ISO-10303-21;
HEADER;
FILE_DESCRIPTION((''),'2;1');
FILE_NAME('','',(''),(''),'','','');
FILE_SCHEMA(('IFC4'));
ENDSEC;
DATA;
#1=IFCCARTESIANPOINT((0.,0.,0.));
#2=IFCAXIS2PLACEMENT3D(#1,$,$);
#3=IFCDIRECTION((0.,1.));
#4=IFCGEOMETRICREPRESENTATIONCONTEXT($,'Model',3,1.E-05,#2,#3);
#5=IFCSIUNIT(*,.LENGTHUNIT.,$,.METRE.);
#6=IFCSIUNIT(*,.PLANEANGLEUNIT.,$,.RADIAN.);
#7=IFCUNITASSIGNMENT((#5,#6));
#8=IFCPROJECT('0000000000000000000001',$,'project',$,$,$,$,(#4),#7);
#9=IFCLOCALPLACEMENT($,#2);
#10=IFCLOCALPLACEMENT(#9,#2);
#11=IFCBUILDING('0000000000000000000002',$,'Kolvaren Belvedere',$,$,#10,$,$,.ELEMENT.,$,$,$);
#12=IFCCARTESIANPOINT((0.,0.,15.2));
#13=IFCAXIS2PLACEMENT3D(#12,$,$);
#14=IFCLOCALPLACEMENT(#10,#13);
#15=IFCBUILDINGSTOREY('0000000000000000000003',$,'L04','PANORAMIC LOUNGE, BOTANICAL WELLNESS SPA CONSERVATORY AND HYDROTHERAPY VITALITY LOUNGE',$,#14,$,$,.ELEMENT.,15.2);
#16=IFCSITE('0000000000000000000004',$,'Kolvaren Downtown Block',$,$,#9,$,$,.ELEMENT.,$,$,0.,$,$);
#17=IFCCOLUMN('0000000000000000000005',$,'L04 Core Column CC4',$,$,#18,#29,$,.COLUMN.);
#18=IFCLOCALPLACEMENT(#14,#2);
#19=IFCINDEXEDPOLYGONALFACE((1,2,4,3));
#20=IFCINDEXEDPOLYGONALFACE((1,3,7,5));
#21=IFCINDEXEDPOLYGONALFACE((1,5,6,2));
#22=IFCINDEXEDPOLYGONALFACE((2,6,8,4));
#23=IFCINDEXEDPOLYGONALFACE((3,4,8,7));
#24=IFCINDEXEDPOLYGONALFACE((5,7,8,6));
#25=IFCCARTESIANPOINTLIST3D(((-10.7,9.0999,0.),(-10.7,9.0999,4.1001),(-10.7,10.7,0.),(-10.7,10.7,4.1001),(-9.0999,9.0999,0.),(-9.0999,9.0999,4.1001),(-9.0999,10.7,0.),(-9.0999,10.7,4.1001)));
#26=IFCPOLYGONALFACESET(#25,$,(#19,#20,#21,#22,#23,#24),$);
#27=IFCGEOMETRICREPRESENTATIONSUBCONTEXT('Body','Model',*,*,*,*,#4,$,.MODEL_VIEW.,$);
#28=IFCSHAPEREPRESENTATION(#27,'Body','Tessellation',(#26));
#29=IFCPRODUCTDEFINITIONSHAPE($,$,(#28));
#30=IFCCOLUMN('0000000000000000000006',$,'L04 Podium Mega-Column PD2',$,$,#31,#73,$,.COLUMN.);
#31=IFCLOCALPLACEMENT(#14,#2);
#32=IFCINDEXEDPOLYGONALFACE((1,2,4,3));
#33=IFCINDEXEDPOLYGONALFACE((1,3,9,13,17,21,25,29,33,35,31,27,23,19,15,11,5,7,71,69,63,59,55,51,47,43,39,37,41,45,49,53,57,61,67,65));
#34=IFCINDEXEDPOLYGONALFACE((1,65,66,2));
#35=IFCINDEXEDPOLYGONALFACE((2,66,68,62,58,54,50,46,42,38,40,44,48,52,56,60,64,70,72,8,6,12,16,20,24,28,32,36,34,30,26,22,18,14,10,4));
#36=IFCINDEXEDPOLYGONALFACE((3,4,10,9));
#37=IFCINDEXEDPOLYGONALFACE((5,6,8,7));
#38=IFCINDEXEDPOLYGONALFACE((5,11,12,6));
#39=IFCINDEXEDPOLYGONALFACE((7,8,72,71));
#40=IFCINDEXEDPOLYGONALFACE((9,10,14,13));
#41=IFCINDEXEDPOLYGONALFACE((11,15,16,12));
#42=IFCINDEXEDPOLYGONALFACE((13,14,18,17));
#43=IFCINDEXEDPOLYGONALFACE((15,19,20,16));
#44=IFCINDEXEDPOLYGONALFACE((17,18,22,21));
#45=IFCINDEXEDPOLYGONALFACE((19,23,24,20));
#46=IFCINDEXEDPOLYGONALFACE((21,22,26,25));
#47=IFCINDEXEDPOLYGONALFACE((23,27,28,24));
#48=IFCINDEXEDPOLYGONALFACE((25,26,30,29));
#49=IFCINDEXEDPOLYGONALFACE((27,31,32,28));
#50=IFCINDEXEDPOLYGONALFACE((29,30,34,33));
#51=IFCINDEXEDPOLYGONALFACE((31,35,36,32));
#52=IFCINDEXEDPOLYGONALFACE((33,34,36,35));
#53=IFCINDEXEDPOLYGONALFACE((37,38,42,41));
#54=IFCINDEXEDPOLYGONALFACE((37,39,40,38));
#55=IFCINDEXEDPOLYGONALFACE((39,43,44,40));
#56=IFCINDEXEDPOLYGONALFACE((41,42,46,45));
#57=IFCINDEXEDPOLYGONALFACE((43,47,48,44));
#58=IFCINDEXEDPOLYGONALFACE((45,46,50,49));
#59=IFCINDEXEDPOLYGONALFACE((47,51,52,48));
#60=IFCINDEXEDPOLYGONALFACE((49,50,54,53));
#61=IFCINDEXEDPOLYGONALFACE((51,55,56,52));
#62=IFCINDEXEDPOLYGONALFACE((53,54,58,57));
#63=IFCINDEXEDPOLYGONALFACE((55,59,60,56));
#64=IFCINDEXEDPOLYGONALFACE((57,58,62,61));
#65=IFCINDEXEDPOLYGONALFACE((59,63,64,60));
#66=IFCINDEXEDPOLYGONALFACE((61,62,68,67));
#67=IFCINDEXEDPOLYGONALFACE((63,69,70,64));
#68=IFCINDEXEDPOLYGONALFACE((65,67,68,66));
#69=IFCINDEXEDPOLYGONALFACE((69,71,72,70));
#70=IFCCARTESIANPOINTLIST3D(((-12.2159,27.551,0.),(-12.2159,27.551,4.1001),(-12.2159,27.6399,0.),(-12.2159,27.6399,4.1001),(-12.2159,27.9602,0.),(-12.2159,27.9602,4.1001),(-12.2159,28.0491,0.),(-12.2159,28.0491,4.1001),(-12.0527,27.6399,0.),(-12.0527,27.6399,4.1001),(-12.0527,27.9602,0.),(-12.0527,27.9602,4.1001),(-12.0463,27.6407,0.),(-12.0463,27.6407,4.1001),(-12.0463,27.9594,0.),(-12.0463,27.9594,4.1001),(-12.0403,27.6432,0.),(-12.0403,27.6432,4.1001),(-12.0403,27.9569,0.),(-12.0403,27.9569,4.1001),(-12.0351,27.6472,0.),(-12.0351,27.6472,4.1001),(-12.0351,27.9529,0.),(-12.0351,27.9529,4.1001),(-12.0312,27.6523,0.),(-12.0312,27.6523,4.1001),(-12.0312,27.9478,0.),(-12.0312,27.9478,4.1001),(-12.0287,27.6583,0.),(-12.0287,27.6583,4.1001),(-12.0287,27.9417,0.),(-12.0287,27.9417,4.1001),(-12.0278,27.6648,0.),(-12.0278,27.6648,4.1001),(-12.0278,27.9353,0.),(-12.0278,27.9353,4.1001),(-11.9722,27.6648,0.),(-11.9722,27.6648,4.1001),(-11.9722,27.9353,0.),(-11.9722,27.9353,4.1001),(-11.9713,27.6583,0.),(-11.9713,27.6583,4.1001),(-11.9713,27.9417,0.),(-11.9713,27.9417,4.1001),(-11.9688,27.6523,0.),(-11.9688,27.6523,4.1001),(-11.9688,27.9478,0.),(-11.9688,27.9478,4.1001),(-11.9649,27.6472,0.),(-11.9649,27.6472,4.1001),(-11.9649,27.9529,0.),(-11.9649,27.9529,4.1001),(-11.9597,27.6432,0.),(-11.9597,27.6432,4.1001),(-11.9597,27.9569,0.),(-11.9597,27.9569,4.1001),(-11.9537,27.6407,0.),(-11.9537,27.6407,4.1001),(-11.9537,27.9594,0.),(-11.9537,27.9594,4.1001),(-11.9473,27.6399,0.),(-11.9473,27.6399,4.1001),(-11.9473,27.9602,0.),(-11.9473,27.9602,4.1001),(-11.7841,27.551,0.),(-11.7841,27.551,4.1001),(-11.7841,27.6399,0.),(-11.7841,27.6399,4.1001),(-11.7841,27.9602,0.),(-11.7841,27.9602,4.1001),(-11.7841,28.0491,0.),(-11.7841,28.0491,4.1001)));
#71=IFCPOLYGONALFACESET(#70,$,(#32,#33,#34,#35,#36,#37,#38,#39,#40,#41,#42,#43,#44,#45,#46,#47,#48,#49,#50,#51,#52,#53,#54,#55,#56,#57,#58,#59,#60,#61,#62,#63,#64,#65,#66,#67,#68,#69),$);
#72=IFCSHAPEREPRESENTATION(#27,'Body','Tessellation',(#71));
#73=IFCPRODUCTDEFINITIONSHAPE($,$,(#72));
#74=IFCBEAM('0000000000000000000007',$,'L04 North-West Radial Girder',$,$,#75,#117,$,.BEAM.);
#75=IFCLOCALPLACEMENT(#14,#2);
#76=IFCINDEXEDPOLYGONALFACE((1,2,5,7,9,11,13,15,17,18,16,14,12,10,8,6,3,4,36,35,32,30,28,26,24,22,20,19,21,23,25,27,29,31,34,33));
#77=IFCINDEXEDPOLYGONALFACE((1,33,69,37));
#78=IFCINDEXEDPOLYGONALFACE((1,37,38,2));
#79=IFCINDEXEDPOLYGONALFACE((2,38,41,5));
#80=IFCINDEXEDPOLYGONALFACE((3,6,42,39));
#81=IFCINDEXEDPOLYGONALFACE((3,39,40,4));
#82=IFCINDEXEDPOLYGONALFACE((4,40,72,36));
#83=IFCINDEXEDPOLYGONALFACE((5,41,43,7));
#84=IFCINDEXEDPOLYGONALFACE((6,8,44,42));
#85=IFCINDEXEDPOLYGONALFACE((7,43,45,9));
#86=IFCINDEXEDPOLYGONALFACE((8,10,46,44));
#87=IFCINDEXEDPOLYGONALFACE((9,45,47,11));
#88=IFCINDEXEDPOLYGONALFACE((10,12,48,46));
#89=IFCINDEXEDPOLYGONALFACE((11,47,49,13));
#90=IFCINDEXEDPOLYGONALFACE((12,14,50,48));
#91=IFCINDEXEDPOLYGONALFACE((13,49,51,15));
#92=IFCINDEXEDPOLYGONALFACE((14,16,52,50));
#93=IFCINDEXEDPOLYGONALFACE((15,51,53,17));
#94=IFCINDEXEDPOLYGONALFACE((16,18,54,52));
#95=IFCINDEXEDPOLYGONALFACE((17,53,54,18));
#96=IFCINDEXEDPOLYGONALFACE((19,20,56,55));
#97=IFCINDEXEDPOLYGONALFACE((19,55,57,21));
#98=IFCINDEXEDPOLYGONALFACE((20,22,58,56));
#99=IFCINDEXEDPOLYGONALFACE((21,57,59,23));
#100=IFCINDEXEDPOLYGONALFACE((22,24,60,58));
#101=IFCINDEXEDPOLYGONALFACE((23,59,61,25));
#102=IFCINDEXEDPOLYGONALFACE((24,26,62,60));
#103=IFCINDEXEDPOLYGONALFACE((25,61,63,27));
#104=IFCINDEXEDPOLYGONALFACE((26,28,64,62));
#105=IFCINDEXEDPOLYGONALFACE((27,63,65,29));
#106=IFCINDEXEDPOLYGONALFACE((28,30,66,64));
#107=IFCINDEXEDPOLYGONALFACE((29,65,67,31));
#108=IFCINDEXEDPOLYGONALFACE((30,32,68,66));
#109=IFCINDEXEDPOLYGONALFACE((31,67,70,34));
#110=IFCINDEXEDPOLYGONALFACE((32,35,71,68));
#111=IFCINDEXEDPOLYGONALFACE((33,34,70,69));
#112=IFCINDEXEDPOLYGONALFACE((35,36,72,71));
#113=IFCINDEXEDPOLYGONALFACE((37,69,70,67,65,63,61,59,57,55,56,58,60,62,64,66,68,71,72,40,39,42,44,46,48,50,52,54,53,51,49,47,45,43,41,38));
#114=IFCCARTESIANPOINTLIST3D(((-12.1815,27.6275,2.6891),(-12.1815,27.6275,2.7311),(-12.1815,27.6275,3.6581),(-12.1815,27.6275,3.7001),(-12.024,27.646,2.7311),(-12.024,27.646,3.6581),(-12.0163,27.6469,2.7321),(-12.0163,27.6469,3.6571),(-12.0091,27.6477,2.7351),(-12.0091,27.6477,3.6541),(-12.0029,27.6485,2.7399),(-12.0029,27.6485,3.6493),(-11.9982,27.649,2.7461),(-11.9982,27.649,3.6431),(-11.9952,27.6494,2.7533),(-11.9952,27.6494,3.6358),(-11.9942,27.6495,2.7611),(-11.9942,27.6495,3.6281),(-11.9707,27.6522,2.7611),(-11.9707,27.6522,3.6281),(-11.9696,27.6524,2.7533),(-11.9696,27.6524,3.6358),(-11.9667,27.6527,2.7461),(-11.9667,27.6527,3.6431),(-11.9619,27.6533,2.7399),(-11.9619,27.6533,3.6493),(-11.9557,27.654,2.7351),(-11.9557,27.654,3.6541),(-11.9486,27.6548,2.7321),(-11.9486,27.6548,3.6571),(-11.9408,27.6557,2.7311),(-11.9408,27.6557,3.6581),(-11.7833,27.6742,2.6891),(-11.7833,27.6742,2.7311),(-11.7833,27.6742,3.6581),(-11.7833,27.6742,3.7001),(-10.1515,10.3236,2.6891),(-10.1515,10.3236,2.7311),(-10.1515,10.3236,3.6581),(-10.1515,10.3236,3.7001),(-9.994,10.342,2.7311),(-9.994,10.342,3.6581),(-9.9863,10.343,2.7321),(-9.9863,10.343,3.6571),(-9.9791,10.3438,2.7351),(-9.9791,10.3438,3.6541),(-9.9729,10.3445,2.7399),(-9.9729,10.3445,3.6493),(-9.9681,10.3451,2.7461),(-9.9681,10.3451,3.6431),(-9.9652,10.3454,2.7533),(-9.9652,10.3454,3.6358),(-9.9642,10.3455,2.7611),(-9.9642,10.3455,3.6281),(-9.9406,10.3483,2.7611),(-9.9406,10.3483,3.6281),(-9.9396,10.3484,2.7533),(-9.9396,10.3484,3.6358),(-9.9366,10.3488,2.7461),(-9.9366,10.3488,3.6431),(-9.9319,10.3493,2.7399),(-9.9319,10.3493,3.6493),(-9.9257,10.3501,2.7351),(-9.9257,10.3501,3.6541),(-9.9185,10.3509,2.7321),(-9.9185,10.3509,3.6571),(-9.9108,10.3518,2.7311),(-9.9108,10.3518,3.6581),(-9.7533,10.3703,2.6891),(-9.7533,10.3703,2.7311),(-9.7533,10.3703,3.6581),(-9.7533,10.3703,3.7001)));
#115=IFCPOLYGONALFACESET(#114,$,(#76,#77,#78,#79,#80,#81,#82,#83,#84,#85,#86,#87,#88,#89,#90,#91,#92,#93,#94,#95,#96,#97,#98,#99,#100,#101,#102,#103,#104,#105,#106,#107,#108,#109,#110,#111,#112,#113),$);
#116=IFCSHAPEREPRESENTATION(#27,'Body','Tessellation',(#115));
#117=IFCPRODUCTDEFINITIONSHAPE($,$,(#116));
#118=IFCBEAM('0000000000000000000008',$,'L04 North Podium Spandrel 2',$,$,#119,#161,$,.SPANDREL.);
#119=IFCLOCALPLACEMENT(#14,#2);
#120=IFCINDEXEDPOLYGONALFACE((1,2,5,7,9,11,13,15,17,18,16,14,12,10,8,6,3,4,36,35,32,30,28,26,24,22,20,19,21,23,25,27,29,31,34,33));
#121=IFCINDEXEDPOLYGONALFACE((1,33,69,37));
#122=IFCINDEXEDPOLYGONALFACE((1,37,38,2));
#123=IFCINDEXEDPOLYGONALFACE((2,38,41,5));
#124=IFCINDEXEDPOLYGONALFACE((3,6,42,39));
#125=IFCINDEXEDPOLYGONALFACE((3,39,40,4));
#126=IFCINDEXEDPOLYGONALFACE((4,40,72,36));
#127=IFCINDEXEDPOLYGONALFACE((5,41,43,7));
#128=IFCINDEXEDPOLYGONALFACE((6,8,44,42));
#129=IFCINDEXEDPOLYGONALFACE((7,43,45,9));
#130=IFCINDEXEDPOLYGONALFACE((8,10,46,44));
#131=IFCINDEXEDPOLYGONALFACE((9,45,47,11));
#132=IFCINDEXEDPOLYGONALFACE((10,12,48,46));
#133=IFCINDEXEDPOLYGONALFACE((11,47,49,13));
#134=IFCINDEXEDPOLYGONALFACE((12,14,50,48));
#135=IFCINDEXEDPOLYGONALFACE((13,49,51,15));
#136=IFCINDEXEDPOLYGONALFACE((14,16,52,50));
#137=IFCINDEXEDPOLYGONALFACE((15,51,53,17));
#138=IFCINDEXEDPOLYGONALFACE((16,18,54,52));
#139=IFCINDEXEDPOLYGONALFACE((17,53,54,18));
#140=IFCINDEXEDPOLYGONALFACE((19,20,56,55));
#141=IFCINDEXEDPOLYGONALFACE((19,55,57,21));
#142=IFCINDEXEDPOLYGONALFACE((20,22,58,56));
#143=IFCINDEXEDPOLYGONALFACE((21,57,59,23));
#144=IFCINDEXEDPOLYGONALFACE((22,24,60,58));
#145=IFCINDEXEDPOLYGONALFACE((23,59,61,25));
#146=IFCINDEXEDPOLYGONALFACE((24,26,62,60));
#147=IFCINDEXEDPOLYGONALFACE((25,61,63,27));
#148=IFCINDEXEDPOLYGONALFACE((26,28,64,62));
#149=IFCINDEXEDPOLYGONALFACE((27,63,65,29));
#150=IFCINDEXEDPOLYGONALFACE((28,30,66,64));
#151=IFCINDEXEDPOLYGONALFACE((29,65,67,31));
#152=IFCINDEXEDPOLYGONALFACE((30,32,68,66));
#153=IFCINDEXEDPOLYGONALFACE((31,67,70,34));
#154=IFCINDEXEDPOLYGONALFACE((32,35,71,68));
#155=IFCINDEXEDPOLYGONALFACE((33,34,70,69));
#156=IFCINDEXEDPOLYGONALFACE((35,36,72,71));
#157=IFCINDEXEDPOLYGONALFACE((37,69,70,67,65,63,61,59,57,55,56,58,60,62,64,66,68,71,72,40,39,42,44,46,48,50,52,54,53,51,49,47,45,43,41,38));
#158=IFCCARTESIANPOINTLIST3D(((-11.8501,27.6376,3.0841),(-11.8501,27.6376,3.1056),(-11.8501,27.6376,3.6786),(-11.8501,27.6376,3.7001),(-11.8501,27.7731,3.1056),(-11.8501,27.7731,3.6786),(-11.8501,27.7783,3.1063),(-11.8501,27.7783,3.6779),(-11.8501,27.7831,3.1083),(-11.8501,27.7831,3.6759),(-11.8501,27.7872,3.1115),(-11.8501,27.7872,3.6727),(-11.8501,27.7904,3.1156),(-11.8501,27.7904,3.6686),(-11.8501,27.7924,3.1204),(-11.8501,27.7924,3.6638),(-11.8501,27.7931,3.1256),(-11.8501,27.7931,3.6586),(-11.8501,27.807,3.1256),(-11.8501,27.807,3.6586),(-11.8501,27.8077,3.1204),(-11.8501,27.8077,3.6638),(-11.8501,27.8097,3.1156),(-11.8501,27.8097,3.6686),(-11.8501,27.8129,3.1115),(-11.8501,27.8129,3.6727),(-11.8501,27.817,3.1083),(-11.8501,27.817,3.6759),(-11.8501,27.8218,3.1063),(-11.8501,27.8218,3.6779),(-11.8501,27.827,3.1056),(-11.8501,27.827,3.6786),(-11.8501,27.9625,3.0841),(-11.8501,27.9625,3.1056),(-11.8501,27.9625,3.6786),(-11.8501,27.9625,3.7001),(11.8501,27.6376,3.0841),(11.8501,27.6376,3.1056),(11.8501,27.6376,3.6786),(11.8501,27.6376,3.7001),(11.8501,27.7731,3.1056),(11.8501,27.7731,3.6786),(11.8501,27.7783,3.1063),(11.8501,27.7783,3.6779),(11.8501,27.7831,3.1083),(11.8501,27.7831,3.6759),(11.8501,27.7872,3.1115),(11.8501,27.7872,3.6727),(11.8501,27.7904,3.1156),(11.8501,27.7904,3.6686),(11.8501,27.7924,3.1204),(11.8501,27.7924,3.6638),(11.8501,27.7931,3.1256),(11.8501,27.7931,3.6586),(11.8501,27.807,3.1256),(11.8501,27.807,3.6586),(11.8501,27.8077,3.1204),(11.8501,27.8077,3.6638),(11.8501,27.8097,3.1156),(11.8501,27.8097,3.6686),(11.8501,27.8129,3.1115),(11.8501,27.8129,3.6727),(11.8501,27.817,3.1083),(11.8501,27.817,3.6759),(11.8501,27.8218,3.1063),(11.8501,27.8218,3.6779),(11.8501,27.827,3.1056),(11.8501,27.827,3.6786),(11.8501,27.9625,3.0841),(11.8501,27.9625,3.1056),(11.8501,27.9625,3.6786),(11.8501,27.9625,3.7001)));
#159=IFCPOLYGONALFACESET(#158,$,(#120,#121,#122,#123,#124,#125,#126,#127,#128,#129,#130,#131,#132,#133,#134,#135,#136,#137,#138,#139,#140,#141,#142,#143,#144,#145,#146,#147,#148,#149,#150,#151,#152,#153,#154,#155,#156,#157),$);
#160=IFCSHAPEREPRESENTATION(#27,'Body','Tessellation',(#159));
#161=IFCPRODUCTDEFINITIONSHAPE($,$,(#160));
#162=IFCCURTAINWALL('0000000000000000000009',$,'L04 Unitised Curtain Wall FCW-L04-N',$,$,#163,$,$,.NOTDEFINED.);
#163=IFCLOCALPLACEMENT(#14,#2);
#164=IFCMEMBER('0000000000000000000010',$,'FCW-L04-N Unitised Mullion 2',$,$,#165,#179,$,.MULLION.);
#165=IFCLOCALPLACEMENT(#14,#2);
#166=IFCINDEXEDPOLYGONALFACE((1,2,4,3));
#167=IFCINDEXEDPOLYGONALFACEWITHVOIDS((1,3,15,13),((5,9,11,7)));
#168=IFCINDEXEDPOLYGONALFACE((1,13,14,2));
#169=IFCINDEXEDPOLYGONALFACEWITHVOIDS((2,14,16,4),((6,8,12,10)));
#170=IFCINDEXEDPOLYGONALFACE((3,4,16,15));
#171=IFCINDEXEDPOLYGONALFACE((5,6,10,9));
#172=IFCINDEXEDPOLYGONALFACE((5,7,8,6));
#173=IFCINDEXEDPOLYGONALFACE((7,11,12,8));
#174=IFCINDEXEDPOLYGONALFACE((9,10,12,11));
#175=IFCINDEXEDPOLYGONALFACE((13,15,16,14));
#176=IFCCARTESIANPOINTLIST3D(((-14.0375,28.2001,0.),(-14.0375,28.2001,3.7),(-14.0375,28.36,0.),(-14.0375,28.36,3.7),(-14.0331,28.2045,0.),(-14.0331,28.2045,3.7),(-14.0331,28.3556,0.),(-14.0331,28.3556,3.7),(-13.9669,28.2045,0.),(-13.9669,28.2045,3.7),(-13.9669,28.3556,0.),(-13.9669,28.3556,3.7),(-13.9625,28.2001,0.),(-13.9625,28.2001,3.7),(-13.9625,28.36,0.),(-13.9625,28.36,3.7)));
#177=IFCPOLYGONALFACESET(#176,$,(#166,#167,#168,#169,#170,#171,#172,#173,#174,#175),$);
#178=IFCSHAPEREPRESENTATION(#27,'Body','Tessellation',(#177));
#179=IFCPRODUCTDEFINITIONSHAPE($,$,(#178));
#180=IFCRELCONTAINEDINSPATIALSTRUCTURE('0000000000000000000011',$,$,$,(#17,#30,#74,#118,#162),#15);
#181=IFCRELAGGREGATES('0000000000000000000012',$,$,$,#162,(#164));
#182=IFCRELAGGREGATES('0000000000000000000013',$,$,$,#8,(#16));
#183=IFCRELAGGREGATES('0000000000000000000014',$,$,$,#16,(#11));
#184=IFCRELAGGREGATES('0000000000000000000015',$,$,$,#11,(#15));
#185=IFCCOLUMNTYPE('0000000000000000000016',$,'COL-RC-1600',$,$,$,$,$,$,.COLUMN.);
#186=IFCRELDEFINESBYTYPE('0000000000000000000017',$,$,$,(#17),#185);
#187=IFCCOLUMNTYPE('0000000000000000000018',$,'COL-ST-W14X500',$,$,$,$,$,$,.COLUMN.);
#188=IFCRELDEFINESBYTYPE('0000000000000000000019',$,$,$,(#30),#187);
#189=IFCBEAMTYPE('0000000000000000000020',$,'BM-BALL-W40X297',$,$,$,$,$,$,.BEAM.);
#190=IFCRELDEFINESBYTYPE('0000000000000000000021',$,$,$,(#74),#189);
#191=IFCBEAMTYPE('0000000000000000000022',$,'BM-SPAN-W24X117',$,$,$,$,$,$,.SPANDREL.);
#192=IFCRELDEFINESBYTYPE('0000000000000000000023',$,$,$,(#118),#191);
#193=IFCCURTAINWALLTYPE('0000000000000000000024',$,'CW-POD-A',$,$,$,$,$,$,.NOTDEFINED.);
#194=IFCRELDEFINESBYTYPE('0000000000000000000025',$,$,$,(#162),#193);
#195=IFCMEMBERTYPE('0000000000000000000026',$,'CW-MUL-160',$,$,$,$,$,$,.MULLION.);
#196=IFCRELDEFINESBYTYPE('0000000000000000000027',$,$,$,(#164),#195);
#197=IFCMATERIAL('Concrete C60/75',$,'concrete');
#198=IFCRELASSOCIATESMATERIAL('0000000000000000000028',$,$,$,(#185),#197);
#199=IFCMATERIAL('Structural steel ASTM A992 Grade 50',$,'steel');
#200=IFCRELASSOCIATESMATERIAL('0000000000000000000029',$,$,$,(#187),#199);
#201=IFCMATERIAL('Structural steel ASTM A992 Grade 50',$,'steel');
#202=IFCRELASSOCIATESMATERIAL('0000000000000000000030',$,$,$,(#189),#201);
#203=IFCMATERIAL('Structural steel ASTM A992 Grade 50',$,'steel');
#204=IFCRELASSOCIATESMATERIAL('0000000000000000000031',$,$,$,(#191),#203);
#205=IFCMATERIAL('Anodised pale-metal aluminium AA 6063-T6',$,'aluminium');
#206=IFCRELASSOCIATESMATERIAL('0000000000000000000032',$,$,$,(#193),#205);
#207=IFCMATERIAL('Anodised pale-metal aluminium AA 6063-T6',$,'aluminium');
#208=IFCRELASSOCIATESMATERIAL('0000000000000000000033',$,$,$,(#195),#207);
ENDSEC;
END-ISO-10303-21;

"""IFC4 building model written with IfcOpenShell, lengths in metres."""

from ifc_helpers import new_model, si_unit, direction, frame, origin, origin_2d, place, context, subcontext, project, spatial, rectangle, hollow_rectangle, i_section, extrude, material, material_profile, profile_set, type_object, element, aggregate, save


model = new_model("IFC4")

# Units and contexts
model_context = context("Model", 3, precision=1e-05, world=origin(), true_north=direction((0.0, 1.0)))
body_context = subcontext(model_context, "Body", "Model", "MODEL_VIEW")
ifc_project = project(units=[si_unit("LENGTHUNIT", "METRE"), si_unit("PLANEANGLEUNIT", "RADIAN")], contexts=[model_context])

# Site, building, storey
site_placement = place(None, origin())
site = spatial("IfcSite", under=ifc_project, at=site_placement, Name="Kolvaren Downtown Block", CompositionType="ELEMENT", RefElevation=0.0)
building_placement = place(site_placement, origin())
building = spatial("IfcBuilding", under=site, at=building_placement, Name="Kolvaren Belvedere", CompositionType="ELEMENT")
storey_placement = place(building_placement, frame((0.0, 0.0, 15.2)))
storey = spatial("IfcBuildingStorey", under=building, at=storey_placement, Name="L04", Description="PANORAMIC LOUNGE, BOTANICAL WELLNESS SPA CONSERVATORY AND HYDROTHERAPY VITALITY LOUNGE", CompositionType="ELEMENT", Elevation=15.2)

# Columns
ifc_material_1 = material(Name="Concrete C60/75", Category="concrete")
ifc_material_profile_1 = material_profile(ifc_material_1, rectangle(XDim=1.6001, YDim=1.6001, at=origin_2d()), Name="RC 1600X1600")
ifc_profile_set_1 = profile_set([ifc_material_profile_1], Name="Concrete C60/75")
column_type_1 = type_object("IfcColumnType", Name="COL-RC-1600", PredefinedType="COLUMN", material=ifc_profile_set_1)
column_1_placement = place(storey_placement, frame((-9.8999, 9.8999, 0.0), z_axis=(0.0, 0.0, 1.0), x_axis=(1.0, 0.0, 0.0)))
element("IfcColumn", 1, at=column_1_placement, inside=storey, type_object=column_type_1, Name="L04 Core Column CC4", PredefinedType="COLUMN", context=body_context, shape_type="SweptSolid", body=[
    extrude(rectangle(XDim=1.6001, YDim=1.6001, at=origin_2d()), origin(), (0.0, 0.0, 1.0), 4.1001),
])
ifc_material_2 = material(Name="Structural steel ASTM A992 Grade 50", Category="steel")
ifc_material_profile_2 = material_profile(ifc_material_2, i_section(OverallWidth=0.4319, OverallDepth=0.498, WebThickness=0.0557, FlangeThickness=0.0889, FilletRadius=0.0249, at=origin_2d()), Name="W14X500")
ifc_profile_set_2 = profile_set([ifc_material_profile_2], Name="Structural steel ASTM A992 Grade 50")
column_type_2 = type_object("IfcColumnType", Name="COL-ST-W14X500", PredefinedType="COLUMN", material=ifc_profile_set_2)
column_2_placement = place(storey_placement, frame((-12.0, 27.8, 0.0), z_axis=(0.0, 0.0, 1.0), x_axis=(1.0, 0.0, 0.0)))
element("IfcColumn", 2, at=column_2_placement, inside=storey, type_object=column_type_2, Name="L04 Podium Mega-Column PD2", PredefinedType="COLUMN", context=body_context, shape_type="SweptSolid", body=[
    extrude(i_section(OverallWidth=0.4319, OverallDepth=0.498, WebThickness=0.0557, FlangeThickness=0.0889, FilletRadius=0.0249, at=origin_2d()), origin(), (0.0, 0.0, 1.0), 4.1001),
])

# Beams
ifc_material_3 = material(Name="Structural steel ASTM A992 Grade 50", Category="steel")
ifc_material_profile_3 = material_profile(ifc_material_3, i_section(OverallWidth=0.4009, OverallDepth=1.011, WebThickness=0.0237, FlangeThickness=0.042, FilletRadius=0.03, at=origin_2d()), Name="W40X297")
ifc_profile_set_3 = profile_set([ifc_material_profile_3], Name="Structural steel ASTM A992 Grade 50")
beam_type_1 = type_object("IfcBeamType", Name="BM-BALL-W40X297", PredefinedType="BEAM", material=ifc_profile_set_3)
beam_1_placement = place(storey_placement, frame((-9.9524, 10.3469, 3.1946), z_axis=(-0.116517, 0.993189, 0.0), x_axis=(-0.993189, -0.116517, 0.0)))
element("IfcBeam", 3, at=beam_1_placement, inside=storey, type_object=beam_type_1, Name="L04 North-West Radial Girder", PredefinedType="BEAM", context=body_context, shape_type="SweptSolid", body=[
    extrude(i_section(OverallWidth=0.4009, OverallDepth=1.011, WebThickness=0.0237, FlangeThickness=0.042, FilletRadius=0.03, at=origin_2d()), origin(), (0.0, 0.0, 1.0), 17.4226),
])
ifc_material_4 = material(Name="Structural steel ASTM A992 Grade 50", Category="steel")
ifc_material_profile_4 = material_profile(ifc_material_4, i_section(OverallWidth=0.325, OverallDepth=0.616, WebThickness=0.0139, FlangeThickness=0.0215, FilletRadius=0.02, at=origin_2d()), Name="W24X117")
ifc_profile_set_4 = profile_set([ifc_material_profile_4], Name="Structural steel ASTM A992 Grade 50")
beam_type_2 = type_object("IfcBeamType", Name="BM-SPAN-W24X117", PredefinedType="SPANDREL", material=ifc_profile_set_4)
beam_2_placement = place(storey_placement, frame((-11.8501, 27.8, 3.3921), z_axis=(1.0, 0.0, 0.0), x_axis=(0.0, 1.0, 0.0)))
element("IfcBeam", 4, at=beam_2_placement, inside=storey, type_object=beam_type_2, Name="L04 North Podium Spandrel 2", PredefinedType="SPANDREL", context=body_context, shape_type="SweptSolid", body=[
    extrude(i_section(OverallWidth=0.325, OverallDepth=0.616, WebThickness=0.0139, FlangeThickness=0.0215, FilletRadius=0.02, at=origin_2d()), origin(), (0.0, 0.0, 1.0), 23.7002),
])

# Curtain wall, member
ifc_material_5 = material(Name="Anodised pale-metal aluminium AA 6063-T6", Category="aluminium")
curtain_wall_type = type_object("IfcCurtainWallType", Name="CW-POD-A", PredefinedType="NOTDEFINED", material=ifc_material_5)
curtain_wall_placement = place(storey_placement, origin())
curtain_wall = element("IfcCurtainWall", 5, at=curtain_wall_placement, inside=storey, type_object=curtain_wall_type, Name="L04 Unitised Curtain Wall FCW-L04-N", PredefinedType="NOTDEFINED")
ifc_material_6 = material(Name="Anodised pale-metal aluminium AA 6063-T6", Category="aluminium")
ifc_material_profile_5 = material_profile(ifc_material_6, hollow_rectangle(XDim=0.075, YDim=0.1599, WallThickness=0.0044, at=origin_2d()), Name="ALU-MUL-160X75")
ifc_profile_set_5 = profile_set([ifc_material_profile_5], Name="Anodised pale-metal aluminium AA 6063-T6")
member_type = type_object("IfcMemberType", Name="CW-MUL-160", PredefinedType="MULLION", material=ifc_profile_set_5)
member_placement = place(storey_placement, frame((-14.0, 28.28, 0.0), z_axis=(0.0, 0.0, 1.0), x_axis=(1.0, 0.0, 0.0)))
member = element("IfcMember", 6, at=member_placement, type_object=member_type, Name="FCW-L04-N Unitised Mullion 2", PredefinedType="MULLION", context=body_context, shape_type="SweptSolid", body=[
    extrude(hollow_rectangle(XDim=0.075, YDim=0.1599, WallThickness=0.0044, at=origin_2d()), origin(), (0.0, 0.0, 1.0), 3.7),
])
aggregate(curtain_wall, [member])

save(model, "model.ifc")
